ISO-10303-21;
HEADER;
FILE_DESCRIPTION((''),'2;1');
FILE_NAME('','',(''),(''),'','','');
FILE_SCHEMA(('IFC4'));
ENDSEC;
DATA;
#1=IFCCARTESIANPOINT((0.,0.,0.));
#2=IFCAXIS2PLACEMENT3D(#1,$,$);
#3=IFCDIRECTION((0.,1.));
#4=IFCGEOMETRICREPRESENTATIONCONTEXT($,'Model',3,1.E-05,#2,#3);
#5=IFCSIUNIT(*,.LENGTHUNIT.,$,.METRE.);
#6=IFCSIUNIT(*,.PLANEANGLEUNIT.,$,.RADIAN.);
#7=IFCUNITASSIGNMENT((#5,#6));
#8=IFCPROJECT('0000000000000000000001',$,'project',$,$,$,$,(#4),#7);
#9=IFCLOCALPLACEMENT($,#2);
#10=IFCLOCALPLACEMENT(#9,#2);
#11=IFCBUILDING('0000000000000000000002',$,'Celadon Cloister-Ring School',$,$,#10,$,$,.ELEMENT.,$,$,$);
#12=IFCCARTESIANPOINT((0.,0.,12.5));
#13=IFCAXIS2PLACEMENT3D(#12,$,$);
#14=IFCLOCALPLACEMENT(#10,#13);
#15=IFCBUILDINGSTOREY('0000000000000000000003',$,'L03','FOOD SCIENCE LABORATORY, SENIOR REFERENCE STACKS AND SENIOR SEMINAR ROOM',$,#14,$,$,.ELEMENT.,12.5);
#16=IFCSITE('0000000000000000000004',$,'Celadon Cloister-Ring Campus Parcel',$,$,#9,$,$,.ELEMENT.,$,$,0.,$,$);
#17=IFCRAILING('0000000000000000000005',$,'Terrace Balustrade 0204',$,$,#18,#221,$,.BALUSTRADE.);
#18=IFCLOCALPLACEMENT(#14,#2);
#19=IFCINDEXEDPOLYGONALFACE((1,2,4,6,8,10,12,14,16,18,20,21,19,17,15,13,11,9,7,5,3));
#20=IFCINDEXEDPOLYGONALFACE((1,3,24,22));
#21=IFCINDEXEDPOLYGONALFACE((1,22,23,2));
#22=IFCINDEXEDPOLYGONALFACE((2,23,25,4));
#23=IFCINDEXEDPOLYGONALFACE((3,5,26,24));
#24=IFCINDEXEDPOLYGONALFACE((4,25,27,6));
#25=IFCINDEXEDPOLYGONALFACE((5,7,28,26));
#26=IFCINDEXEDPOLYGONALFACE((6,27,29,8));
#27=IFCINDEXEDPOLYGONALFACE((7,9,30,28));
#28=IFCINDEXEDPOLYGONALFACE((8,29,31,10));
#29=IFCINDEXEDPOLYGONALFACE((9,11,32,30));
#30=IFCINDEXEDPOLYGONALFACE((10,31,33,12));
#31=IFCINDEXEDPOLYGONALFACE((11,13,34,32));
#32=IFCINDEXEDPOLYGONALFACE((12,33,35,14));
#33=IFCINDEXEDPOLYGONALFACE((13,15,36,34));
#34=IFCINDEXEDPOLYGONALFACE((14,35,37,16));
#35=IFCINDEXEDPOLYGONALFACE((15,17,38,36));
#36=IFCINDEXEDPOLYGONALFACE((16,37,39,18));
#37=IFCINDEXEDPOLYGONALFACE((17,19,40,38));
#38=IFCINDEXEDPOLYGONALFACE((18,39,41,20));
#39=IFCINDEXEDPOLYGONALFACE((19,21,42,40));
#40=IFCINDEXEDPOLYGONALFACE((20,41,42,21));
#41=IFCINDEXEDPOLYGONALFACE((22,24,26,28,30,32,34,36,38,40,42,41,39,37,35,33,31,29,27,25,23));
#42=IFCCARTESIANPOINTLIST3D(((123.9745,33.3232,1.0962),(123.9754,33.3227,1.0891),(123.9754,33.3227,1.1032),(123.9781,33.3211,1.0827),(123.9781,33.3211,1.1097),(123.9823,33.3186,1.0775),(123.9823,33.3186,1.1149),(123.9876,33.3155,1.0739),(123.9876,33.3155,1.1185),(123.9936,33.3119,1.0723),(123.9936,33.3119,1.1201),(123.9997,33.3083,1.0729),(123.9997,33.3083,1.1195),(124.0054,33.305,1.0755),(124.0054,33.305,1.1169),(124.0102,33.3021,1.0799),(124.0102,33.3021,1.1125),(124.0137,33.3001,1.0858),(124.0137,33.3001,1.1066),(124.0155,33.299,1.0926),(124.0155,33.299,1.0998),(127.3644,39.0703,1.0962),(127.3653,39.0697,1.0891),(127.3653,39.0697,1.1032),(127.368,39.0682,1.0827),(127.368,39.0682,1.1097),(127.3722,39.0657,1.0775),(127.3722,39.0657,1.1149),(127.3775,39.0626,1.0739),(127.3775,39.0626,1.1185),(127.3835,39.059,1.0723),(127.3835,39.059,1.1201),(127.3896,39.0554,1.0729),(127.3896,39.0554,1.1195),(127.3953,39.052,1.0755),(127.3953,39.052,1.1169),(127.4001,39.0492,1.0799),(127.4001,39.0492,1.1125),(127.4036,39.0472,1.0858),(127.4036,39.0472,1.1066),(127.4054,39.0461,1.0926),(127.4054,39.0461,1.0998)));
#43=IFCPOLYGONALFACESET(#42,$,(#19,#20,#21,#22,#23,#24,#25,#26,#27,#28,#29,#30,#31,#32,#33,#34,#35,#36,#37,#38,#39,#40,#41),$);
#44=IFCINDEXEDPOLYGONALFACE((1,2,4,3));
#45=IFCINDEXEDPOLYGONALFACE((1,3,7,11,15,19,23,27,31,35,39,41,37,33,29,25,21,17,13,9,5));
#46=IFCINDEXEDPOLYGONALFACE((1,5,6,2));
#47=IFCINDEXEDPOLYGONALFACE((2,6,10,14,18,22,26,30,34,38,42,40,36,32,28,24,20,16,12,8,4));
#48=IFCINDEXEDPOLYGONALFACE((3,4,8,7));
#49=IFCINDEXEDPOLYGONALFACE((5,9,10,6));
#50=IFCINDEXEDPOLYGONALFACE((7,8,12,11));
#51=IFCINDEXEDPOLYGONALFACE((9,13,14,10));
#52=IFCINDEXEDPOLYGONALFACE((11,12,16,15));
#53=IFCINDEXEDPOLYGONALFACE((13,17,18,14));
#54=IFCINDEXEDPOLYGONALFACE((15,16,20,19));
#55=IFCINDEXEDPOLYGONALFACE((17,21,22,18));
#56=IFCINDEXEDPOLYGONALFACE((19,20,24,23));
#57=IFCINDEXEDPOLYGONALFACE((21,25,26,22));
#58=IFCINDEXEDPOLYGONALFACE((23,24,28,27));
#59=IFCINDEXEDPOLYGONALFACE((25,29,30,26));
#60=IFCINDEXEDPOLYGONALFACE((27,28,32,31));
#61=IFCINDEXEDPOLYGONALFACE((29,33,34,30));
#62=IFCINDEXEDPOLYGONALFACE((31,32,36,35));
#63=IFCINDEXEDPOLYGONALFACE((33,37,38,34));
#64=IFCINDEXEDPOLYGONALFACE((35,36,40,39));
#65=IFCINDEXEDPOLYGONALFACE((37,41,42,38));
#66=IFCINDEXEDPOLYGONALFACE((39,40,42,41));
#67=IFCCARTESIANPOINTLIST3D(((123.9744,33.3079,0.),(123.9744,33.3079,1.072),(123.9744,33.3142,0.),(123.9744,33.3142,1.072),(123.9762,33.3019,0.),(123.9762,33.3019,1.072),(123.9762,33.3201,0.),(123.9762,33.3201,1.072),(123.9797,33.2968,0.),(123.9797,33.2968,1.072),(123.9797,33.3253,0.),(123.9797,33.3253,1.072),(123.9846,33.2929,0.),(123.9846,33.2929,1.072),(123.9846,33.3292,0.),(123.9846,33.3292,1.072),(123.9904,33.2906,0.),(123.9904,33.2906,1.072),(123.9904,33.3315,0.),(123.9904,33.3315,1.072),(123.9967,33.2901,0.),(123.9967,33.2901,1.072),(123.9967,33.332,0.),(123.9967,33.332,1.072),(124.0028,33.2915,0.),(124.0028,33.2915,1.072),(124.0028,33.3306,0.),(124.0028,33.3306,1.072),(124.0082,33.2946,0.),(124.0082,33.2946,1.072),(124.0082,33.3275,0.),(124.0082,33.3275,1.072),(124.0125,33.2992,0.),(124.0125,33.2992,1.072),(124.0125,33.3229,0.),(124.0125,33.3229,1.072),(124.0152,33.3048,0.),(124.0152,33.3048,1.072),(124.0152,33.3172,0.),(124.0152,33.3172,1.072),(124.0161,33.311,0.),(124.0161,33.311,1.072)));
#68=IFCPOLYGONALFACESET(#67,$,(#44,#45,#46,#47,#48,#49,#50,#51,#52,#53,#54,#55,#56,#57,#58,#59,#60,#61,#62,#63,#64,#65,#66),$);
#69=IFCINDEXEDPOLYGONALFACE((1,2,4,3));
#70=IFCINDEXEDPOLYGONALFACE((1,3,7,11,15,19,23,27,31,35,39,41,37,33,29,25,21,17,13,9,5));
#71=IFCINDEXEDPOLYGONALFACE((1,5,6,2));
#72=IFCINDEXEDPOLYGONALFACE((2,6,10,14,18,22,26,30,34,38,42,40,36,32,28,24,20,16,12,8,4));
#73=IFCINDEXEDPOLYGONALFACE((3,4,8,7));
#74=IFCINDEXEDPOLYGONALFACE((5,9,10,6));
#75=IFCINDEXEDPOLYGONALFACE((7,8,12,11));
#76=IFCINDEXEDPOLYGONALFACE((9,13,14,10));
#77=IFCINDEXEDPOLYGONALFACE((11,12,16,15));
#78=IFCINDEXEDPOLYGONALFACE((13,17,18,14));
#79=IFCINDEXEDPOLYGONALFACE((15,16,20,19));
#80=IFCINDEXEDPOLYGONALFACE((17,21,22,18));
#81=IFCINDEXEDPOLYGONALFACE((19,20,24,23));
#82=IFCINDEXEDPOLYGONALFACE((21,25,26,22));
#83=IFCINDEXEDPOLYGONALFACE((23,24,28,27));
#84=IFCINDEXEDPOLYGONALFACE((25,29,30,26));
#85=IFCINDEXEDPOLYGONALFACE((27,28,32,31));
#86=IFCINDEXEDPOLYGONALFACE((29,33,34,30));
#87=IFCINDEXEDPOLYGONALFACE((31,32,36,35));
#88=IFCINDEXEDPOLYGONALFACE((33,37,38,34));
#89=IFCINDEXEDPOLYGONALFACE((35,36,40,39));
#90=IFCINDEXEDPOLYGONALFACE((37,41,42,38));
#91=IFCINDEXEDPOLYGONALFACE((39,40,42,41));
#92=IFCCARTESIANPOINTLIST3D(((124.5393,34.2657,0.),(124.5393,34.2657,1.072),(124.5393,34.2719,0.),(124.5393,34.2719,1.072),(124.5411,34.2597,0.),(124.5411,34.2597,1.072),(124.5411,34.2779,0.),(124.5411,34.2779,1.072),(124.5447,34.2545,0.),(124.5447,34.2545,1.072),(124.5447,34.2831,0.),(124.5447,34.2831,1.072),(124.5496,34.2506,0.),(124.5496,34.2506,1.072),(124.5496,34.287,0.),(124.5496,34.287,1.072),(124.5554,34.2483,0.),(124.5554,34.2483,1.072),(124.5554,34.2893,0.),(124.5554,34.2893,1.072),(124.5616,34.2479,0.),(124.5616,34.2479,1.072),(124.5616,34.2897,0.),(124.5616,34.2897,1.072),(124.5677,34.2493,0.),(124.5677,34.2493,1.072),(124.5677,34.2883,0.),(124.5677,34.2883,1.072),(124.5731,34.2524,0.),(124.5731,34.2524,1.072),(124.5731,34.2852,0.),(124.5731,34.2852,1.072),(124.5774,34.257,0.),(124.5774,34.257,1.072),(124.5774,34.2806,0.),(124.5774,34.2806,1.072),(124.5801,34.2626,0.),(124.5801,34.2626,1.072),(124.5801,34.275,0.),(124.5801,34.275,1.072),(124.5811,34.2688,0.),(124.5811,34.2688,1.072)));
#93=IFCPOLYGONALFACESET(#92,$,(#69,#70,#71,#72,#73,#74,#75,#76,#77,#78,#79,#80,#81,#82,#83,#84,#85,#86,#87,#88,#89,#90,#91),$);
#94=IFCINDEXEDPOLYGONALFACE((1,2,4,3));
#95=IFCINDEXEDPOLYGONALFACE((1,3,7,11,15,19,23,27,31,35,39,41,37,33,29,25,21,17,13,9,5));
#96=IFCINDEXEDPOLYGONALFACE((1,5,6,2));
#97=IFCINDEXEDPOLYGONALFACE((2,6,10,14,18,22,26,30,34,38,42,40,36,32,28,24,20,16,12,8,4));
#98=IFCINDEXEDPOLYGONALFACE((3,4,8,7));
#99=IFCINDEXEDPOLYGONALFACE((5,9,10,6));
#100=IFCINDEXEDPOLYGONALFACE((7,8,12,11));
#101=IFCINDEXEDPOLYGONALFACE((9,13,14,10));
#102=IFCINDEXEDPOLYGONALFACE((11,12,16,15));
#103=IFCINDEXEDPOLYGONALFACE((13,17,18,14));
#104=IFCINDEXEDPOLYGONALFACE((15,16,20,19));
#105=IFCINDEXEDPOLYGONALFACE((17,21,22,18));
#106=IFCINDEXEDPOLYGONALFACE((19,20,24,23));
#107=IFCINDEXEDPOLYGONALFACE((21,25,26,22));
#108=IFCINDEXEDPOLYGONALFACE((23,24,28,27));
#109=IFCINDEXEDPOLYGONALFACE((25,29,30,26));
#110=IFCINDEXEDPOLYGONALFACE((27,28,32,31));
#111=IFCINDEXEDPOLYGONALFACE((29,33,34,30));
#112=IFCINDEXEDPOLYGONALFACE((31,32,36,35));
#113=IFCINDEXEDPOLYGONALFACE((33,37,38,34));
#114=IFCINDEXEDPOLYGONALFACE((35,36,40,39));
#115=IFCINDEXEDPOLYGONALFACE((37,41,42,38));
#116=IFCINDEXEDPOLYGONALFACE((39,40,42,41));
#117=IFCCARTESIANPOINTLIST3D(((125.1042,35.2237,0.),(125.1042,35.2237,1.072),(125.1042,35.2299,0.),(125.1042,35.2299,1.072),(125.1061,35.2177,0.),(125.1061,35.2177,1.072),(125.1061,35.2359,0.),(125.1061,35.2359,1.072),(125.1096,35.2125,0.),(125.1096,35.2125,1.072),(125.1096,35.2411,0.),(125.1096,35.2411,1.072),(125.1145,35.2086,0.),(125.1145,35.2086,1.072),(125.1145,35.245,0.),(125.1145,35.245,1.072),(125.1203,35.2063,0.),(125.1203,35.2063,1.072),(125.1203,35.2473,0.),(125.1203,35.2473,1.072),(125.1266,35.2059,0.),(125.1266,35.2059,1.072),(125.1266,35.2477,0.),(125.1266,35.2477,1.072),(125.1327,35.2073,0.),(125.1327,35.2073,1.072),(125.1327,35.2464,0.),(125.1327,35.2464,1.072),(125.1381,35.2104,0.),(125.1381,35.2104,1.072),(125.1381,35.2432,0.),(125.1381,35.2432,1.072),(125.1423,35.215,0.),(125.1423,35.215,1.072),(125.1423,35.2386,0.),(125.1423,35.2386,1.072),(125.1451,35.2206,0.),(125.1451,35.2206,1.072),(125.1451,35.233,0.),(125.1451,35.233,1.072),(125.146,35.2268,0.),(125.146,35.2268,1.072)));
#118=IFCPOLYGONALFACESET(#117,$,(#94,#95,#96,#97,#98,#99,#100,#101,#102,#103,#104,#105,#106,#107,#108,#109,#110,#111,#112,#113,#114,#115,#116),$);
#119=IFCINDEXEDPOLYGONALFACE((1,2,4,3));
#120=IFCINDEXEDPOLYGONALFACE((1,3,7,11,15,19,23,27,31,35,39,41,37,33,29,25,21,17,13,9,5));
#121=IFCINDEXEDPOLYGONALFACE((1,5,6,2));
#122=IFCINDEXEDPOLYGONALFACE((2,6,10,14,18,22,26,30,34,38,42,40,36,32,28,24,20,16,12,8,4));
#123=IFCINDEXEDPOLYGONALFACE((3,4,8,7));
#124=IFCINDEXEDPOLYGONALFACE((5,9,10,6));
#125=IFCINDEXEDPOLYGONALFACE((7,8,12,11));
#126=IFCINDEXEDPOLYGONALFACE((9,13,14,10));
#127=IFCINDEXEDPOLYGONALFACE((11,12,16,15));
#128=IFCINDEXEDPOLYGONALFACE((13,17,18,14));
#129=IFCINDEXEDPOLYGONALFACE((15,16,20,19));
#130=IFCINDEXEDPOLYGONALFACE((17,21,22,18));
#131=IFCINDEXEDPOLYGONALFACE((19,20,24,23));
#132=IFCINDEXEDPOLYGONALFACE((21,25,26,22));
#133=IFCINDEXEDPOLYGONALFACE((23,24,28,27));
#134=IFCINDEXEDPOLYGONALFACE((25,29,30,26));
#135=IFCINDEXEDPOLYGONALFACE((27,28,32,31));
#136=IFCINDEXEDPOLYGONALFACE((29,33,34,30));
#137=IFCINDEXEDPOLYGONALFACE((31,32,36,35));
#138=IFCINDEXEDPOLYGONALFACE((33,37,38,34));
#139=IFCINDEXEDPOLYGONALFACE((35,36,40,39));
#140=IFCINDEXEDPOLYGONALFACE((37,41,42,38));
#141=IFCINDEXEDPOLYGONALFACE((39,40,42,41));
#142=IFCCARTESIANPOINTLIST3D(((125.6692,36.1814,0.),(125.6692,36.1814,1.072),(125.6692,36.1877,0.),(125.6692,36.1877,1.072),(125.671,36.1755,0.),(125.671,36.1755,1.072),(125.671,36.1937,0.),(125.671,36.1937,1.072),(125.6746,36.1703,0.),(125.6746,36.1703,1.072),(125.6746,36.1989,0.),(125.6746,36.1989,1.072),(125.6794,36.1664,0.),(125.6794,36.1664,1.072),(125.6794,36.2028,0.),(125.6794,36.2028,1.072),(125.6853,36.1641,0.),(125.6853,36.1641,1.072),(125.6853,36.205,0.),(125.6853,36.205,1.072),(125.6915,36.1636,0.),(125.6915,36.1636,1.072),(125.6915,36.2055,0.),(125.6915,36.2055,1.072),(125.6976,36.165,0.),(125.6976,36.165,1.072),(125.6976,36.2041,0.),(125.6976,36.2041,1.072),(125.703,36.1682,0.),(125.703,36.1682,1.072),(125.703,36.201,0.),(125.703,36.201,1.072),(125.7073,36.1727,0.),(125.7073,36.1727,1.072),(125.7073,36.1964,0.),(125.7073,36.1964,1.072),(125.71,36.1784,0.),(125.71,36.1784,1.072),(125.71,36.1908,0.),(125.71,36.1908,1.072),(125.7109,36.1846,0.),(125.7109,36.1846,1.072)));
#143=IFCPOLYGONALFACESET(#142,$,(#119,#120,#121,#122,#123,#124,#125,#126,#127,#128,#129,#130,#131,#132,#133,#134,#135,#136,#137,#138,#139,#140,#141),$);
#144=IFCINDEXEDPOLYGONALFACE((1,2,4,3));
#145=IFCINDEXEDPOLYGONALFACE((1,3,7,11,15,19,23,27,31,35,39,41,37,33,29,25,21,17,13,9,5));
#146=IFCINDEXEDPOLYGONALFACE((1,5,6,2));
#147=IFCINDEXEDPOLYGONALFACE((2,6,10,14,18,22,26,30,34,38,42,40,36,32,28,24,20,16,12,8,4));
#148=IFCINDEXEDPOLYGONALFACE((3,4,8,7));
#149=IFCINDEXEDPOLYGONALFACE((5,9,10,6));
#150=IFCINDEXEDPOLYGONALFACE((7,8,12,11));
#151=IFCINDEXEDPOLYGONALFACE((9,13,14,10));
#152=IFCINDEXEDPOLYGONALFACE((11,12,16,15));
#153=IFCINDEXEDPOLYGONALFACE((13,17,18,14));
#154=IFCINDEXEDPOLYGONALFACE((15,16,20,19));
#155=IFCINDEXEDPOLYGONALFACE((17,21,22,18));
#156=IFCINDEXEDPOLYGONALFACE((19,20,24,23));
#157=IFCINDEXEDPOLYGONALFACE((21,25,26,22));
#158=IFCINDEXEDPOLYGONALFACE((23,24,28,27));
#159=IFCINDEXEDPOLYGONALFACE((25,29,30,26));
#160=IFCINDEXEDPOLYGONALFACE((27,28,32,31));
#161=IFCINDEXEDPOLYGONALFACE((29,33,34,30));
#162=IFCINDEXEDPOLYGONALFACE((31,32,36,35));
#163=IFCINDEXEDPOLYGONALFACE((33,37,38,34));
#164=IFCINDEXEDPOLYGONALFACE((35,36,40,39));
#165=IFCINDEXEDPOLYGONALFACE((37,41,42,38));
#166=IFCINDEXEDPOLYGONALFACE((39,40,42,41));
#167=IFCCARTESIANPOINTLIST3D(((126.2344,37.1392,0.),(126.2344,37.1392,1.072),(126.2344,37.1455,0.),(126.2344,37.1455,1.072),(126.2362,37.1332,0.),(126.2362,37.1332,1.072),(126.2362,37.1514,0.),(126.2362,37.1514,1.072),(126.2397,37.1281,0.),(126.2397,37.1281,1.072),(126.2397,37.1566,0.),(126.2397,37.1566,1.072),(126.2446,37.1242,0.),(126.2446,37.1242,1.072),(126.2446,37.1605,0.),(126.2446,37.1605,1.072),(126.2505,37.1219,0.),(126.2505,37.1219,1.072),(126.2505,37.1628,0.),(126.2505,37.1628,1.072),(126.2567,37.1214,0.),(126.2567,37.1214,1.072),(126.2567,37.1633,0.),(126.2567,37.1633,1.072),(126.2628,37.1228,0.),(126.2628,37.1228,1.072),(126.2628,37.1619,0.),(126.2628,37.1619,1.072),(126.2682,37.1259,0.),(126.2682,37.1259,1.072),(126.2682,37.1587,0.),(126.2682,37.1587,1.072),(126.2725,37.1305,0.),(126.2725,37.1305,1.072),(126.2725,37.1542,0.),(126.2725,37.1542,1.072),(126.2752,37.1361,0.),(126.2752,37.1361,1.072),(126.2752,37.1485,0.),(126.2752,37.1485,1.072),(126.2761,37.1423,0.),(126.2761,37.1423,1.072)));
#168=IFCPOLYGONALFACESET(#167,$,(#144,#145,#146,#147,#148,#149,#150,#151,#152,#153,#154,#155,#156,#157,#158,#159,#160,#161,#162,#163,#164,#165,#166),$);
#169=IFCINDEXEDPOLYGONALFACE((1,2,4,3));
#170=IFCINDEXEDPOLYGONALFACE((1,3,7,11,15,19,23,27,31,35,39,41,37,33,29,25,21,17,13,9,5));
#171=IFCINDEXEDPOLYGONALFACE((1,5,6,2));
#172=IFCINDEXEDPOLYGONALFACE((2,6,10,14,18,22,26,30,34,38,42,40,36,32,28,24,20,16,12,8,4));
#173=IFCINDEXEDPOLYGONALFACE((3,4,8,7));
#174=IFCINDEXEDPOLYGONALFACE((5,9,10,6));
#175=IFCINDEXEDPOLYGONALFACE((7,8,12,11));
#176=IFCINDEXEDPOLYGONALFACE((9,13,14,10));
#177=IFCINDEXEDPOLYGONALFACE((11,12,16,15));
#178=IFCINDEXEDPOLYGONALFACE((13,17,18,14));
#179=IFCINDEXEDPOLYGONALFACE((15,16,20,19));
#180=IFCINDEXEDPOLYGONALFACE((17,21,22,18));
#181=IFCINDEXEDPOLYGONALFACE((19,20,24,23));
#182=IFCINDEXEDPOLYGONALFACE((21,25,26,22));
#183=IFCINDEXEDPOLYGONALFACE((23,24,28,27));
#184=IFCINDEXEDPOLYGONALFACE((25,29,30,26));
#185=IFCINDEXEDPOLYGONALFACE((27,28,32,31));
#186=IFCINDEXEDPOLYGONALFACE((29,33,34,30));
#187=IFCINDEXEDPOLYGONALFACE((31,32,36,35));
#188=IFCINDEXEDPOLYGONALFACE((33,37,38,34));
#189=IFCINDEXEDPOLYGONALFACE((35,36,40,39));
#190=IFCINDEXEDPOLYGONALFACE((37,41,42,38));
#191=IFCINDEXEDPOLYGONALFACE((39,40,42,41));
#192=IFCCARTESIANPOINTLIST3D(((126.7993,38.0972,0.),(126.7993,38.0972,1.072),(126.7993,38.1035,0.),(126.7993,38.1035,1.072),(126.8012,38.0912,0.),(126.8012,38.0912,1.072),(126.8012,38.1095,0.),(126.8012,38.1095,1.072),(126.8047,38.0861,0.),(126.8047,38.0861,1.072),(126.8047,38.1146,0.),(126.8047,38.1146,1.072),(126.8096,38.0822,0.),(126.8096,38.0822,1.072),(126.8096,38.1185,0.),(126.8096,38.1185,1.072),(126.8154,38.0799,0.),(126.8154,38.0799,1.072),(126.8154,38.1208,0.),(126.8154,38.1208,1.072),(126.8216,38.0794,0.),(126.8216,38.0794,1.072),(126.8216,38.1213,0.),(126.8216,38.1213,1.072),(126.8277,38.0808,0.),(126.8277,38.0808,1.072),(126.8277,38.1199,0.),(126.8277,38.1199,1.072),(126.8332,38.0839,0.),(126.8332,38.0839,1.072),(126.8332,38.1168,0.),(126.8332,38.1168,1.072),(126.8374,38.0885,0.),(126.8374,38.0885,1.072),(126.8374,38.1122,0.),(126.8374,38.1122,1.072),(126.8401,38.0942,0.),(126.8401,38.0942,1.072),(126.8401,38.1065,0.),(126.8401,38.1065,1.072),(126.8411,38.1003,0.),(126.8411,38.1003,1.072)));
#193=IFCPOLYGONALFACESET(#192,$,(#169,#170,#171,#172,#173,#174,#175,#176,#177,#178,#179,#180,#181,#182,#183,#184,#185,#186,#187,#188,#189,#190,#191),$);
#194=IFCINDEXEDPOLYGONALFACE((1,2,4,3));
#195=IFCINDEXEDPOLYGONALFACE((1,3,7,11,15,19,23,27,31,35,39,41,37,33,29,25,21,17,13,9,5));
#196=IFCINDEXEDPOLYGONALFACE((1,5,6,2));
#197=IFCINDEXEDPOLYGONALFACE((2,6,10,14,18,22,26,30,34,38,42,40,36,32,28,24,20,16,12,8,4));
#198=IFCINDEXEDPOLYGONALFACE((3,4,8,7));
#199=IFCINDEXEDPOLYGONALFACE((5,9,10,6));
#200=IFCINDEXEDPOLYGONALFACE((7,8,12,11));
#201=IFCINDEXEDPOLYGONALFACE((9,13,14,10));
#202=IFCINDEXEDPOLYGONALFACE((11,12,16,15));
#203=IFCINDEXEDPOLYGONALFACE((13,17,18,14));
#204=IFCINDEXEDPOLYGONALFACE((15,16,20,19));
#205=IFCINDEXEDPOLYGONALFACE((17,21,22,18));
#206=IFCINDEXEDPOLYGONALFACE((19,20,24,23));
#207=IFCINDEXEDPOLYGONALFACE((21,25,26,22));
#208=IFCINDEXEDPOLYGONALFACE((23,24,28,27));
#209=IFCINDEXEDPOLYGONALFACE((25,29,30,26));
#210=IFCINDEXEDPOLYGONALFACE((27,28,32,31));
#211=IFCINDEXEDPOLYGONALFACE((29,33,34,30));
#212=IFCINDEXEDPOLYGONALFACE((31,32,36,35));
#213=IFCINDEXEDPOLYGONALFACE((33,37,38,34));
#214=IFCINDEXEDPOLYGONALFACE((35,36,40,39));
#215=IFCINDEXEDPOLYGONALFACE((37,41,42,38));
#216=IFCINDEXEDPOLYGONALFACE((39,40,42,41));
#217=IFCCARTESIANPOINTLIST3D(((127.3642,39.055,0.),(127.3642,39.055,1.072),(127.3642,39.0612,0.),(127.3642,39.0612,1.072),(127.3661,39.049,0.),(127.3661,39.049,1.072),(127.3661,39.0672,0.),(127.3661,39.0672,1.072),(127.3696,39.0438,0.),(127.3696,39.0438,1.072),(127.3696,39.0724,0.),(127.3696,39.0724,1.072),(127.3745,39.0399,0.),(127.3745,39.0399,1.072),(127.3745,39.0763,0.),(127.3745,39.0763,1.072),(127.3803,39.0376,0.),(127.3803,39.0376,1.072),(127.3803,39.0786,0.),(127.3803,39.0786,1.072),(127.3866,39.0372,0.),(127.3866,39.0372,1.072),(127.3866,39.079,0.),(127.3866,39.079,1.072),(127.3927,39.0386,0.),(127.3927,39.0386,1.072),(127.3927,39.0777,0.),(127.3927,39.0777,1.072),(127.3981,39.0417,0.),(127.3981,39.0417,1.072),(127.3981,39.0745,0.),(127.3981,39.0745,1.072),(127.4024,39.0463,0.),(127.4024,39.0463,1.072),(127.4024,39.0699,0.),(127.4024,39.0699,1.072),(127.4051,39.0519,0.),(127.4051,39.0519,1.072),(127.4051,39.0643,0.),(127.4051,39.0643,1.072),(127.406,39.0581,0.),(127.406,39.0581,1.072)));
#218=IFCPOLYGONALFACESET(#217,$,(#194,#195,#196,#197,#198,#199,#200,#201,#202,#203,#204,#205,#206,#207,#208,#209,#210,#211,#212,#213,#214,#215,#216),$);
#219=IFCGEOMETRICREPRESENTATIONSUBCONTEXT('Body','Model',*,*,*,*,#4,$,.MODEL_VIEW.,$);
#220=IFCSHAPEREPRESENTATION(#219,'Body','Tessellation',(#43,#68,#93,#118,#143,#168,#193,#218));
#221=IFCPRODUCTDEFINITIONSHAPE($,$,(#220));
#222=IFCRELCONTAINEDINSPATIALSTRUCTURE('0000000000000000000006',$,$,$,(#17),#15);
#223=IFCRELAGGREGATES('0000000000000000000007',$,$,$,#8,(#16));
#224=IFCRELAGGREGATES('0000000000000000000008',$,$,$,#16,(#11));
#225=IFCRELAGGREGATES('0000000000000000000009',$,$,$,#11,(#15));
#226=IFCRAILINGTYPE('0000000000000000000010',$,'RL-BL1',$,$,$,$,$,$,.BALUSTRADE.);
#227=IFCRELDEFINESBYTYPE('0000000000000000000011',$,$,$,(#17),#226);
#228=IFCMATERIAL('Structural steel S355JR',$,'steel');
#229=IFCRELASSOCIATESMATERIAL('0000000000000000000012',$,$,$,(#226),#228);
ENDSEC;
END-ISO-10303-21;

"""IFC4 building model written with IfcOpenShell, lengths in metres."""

from ifc_helpers import new_model, si_unit, direction, frame, origin, origin_2d, place, context, subcontext, project, spatial, circle, extrude, material, type_object, element, save


model = new_model("IFC4")

# Units and contexts
model_context = context("Model", 3, precision=1e-05, world=origin(), true_north=direction((0.0, 1.0)))
body_context = subcontext(model_context, "Body", "Model", "MODEL_VIEW")
ifc_project = project(units=[si_unit("LENGTHUNIT", "METRE"), si_unit("PLANEANGLEUNIT", "RADIAN")], contexts=[model_context])

# Site, building, storey
site_placement = place(None, origin())
site = spatial("IfcSite", under=ifc_project, at=site_placement, Name="Celadon Cloister-Ring Campus Parcel", CompositionType="ELEMENT", RefElevation=0.0)
building_placement = place(site_placement, origin())
building = spatial("IfcBuilding", under=site, at=building_placement, Name="Celadon Cloister-Ring School", CompositionType="ELEMENT")
storey_placement = place(building_placement, frame((0.0, 0.0, 12.5)))
storey = spatial("IfcBuildingStorey", under=building, at=storey_placement, Name="L03", Description="FOOD SCIENCE LABORATORY, SENIOR REFERENCE STACKS AND SENIOR SEMINAR ROOM", CompositionType="ELEMENT", Elevation=12.5)

# Railing
ifc_material_1 = material(Name="Structural steel S355JR", Category="steel")
railing_type = type_object("IfcRailingType", Name="RL-BL1", PredefinedType="BALUSTRADE", material=ifc_material_1)
railing_placement = place(storey_placement, frame((123.9951, 33.311, 0.0)))
element("IfcRailing", 1, at=railing_placement, inside=storey, type_object=railing_type, Name="Terrace Balustrade 0204", PredefinedType="BALUSTRADE", context=body_context, shape_type="SweptSolid", body=[
    extrude(circle(Radius=0.0239, at=origin_2d()), frame((0.0, 0.0, 1.0962), z_axis=(0.508051, 0.861327, 0.0), x_axis=(-0.861327, 0.508051, 0.0)), (0.0, 0.0, 1.0), 6.6724),
    extrude(circle(Radius=0.021, at=origin_2d()), origin(), (0.0, 0.0, 1.0), 1.072),
    extrude(circle(Radius=0.021, at=origin_2d()), frame((0.5649, 0.9578, 0.0)), (0.0, 0.0, 1.0), 1.072),
    extrude(circle(Radius=0.021, at=origin_2d()), frame((1.1299, 1.9158, 0.0)), (0.0, 0.0, 1.0), 1.072),
    extrude(circle(Radius=0.021, at=origin_2d()), frame((1.6948, 2.8735, 0.0)), (0.0, 0.0, 1.0), 1.072),
    extrude(circle(Radius=0.021, at=origin_2d()), frame((2.26, 3.8313, 0.0)), (0.0, 0.0, 1.0), 1.072),
    extrude(circle(Radius=0.021, at=origin_2d()), frame((2.825, 4.7893, 0.0)), (0.0, 0.0, 1.0), 1.072),
    extrude(circle(Radius=0.021, at=origin_2d()), frame((3.3899, 5.7471, 0.0)), (0.0, 0.0, 1.0), 1.072),
])

save(model, "model.ifc")
